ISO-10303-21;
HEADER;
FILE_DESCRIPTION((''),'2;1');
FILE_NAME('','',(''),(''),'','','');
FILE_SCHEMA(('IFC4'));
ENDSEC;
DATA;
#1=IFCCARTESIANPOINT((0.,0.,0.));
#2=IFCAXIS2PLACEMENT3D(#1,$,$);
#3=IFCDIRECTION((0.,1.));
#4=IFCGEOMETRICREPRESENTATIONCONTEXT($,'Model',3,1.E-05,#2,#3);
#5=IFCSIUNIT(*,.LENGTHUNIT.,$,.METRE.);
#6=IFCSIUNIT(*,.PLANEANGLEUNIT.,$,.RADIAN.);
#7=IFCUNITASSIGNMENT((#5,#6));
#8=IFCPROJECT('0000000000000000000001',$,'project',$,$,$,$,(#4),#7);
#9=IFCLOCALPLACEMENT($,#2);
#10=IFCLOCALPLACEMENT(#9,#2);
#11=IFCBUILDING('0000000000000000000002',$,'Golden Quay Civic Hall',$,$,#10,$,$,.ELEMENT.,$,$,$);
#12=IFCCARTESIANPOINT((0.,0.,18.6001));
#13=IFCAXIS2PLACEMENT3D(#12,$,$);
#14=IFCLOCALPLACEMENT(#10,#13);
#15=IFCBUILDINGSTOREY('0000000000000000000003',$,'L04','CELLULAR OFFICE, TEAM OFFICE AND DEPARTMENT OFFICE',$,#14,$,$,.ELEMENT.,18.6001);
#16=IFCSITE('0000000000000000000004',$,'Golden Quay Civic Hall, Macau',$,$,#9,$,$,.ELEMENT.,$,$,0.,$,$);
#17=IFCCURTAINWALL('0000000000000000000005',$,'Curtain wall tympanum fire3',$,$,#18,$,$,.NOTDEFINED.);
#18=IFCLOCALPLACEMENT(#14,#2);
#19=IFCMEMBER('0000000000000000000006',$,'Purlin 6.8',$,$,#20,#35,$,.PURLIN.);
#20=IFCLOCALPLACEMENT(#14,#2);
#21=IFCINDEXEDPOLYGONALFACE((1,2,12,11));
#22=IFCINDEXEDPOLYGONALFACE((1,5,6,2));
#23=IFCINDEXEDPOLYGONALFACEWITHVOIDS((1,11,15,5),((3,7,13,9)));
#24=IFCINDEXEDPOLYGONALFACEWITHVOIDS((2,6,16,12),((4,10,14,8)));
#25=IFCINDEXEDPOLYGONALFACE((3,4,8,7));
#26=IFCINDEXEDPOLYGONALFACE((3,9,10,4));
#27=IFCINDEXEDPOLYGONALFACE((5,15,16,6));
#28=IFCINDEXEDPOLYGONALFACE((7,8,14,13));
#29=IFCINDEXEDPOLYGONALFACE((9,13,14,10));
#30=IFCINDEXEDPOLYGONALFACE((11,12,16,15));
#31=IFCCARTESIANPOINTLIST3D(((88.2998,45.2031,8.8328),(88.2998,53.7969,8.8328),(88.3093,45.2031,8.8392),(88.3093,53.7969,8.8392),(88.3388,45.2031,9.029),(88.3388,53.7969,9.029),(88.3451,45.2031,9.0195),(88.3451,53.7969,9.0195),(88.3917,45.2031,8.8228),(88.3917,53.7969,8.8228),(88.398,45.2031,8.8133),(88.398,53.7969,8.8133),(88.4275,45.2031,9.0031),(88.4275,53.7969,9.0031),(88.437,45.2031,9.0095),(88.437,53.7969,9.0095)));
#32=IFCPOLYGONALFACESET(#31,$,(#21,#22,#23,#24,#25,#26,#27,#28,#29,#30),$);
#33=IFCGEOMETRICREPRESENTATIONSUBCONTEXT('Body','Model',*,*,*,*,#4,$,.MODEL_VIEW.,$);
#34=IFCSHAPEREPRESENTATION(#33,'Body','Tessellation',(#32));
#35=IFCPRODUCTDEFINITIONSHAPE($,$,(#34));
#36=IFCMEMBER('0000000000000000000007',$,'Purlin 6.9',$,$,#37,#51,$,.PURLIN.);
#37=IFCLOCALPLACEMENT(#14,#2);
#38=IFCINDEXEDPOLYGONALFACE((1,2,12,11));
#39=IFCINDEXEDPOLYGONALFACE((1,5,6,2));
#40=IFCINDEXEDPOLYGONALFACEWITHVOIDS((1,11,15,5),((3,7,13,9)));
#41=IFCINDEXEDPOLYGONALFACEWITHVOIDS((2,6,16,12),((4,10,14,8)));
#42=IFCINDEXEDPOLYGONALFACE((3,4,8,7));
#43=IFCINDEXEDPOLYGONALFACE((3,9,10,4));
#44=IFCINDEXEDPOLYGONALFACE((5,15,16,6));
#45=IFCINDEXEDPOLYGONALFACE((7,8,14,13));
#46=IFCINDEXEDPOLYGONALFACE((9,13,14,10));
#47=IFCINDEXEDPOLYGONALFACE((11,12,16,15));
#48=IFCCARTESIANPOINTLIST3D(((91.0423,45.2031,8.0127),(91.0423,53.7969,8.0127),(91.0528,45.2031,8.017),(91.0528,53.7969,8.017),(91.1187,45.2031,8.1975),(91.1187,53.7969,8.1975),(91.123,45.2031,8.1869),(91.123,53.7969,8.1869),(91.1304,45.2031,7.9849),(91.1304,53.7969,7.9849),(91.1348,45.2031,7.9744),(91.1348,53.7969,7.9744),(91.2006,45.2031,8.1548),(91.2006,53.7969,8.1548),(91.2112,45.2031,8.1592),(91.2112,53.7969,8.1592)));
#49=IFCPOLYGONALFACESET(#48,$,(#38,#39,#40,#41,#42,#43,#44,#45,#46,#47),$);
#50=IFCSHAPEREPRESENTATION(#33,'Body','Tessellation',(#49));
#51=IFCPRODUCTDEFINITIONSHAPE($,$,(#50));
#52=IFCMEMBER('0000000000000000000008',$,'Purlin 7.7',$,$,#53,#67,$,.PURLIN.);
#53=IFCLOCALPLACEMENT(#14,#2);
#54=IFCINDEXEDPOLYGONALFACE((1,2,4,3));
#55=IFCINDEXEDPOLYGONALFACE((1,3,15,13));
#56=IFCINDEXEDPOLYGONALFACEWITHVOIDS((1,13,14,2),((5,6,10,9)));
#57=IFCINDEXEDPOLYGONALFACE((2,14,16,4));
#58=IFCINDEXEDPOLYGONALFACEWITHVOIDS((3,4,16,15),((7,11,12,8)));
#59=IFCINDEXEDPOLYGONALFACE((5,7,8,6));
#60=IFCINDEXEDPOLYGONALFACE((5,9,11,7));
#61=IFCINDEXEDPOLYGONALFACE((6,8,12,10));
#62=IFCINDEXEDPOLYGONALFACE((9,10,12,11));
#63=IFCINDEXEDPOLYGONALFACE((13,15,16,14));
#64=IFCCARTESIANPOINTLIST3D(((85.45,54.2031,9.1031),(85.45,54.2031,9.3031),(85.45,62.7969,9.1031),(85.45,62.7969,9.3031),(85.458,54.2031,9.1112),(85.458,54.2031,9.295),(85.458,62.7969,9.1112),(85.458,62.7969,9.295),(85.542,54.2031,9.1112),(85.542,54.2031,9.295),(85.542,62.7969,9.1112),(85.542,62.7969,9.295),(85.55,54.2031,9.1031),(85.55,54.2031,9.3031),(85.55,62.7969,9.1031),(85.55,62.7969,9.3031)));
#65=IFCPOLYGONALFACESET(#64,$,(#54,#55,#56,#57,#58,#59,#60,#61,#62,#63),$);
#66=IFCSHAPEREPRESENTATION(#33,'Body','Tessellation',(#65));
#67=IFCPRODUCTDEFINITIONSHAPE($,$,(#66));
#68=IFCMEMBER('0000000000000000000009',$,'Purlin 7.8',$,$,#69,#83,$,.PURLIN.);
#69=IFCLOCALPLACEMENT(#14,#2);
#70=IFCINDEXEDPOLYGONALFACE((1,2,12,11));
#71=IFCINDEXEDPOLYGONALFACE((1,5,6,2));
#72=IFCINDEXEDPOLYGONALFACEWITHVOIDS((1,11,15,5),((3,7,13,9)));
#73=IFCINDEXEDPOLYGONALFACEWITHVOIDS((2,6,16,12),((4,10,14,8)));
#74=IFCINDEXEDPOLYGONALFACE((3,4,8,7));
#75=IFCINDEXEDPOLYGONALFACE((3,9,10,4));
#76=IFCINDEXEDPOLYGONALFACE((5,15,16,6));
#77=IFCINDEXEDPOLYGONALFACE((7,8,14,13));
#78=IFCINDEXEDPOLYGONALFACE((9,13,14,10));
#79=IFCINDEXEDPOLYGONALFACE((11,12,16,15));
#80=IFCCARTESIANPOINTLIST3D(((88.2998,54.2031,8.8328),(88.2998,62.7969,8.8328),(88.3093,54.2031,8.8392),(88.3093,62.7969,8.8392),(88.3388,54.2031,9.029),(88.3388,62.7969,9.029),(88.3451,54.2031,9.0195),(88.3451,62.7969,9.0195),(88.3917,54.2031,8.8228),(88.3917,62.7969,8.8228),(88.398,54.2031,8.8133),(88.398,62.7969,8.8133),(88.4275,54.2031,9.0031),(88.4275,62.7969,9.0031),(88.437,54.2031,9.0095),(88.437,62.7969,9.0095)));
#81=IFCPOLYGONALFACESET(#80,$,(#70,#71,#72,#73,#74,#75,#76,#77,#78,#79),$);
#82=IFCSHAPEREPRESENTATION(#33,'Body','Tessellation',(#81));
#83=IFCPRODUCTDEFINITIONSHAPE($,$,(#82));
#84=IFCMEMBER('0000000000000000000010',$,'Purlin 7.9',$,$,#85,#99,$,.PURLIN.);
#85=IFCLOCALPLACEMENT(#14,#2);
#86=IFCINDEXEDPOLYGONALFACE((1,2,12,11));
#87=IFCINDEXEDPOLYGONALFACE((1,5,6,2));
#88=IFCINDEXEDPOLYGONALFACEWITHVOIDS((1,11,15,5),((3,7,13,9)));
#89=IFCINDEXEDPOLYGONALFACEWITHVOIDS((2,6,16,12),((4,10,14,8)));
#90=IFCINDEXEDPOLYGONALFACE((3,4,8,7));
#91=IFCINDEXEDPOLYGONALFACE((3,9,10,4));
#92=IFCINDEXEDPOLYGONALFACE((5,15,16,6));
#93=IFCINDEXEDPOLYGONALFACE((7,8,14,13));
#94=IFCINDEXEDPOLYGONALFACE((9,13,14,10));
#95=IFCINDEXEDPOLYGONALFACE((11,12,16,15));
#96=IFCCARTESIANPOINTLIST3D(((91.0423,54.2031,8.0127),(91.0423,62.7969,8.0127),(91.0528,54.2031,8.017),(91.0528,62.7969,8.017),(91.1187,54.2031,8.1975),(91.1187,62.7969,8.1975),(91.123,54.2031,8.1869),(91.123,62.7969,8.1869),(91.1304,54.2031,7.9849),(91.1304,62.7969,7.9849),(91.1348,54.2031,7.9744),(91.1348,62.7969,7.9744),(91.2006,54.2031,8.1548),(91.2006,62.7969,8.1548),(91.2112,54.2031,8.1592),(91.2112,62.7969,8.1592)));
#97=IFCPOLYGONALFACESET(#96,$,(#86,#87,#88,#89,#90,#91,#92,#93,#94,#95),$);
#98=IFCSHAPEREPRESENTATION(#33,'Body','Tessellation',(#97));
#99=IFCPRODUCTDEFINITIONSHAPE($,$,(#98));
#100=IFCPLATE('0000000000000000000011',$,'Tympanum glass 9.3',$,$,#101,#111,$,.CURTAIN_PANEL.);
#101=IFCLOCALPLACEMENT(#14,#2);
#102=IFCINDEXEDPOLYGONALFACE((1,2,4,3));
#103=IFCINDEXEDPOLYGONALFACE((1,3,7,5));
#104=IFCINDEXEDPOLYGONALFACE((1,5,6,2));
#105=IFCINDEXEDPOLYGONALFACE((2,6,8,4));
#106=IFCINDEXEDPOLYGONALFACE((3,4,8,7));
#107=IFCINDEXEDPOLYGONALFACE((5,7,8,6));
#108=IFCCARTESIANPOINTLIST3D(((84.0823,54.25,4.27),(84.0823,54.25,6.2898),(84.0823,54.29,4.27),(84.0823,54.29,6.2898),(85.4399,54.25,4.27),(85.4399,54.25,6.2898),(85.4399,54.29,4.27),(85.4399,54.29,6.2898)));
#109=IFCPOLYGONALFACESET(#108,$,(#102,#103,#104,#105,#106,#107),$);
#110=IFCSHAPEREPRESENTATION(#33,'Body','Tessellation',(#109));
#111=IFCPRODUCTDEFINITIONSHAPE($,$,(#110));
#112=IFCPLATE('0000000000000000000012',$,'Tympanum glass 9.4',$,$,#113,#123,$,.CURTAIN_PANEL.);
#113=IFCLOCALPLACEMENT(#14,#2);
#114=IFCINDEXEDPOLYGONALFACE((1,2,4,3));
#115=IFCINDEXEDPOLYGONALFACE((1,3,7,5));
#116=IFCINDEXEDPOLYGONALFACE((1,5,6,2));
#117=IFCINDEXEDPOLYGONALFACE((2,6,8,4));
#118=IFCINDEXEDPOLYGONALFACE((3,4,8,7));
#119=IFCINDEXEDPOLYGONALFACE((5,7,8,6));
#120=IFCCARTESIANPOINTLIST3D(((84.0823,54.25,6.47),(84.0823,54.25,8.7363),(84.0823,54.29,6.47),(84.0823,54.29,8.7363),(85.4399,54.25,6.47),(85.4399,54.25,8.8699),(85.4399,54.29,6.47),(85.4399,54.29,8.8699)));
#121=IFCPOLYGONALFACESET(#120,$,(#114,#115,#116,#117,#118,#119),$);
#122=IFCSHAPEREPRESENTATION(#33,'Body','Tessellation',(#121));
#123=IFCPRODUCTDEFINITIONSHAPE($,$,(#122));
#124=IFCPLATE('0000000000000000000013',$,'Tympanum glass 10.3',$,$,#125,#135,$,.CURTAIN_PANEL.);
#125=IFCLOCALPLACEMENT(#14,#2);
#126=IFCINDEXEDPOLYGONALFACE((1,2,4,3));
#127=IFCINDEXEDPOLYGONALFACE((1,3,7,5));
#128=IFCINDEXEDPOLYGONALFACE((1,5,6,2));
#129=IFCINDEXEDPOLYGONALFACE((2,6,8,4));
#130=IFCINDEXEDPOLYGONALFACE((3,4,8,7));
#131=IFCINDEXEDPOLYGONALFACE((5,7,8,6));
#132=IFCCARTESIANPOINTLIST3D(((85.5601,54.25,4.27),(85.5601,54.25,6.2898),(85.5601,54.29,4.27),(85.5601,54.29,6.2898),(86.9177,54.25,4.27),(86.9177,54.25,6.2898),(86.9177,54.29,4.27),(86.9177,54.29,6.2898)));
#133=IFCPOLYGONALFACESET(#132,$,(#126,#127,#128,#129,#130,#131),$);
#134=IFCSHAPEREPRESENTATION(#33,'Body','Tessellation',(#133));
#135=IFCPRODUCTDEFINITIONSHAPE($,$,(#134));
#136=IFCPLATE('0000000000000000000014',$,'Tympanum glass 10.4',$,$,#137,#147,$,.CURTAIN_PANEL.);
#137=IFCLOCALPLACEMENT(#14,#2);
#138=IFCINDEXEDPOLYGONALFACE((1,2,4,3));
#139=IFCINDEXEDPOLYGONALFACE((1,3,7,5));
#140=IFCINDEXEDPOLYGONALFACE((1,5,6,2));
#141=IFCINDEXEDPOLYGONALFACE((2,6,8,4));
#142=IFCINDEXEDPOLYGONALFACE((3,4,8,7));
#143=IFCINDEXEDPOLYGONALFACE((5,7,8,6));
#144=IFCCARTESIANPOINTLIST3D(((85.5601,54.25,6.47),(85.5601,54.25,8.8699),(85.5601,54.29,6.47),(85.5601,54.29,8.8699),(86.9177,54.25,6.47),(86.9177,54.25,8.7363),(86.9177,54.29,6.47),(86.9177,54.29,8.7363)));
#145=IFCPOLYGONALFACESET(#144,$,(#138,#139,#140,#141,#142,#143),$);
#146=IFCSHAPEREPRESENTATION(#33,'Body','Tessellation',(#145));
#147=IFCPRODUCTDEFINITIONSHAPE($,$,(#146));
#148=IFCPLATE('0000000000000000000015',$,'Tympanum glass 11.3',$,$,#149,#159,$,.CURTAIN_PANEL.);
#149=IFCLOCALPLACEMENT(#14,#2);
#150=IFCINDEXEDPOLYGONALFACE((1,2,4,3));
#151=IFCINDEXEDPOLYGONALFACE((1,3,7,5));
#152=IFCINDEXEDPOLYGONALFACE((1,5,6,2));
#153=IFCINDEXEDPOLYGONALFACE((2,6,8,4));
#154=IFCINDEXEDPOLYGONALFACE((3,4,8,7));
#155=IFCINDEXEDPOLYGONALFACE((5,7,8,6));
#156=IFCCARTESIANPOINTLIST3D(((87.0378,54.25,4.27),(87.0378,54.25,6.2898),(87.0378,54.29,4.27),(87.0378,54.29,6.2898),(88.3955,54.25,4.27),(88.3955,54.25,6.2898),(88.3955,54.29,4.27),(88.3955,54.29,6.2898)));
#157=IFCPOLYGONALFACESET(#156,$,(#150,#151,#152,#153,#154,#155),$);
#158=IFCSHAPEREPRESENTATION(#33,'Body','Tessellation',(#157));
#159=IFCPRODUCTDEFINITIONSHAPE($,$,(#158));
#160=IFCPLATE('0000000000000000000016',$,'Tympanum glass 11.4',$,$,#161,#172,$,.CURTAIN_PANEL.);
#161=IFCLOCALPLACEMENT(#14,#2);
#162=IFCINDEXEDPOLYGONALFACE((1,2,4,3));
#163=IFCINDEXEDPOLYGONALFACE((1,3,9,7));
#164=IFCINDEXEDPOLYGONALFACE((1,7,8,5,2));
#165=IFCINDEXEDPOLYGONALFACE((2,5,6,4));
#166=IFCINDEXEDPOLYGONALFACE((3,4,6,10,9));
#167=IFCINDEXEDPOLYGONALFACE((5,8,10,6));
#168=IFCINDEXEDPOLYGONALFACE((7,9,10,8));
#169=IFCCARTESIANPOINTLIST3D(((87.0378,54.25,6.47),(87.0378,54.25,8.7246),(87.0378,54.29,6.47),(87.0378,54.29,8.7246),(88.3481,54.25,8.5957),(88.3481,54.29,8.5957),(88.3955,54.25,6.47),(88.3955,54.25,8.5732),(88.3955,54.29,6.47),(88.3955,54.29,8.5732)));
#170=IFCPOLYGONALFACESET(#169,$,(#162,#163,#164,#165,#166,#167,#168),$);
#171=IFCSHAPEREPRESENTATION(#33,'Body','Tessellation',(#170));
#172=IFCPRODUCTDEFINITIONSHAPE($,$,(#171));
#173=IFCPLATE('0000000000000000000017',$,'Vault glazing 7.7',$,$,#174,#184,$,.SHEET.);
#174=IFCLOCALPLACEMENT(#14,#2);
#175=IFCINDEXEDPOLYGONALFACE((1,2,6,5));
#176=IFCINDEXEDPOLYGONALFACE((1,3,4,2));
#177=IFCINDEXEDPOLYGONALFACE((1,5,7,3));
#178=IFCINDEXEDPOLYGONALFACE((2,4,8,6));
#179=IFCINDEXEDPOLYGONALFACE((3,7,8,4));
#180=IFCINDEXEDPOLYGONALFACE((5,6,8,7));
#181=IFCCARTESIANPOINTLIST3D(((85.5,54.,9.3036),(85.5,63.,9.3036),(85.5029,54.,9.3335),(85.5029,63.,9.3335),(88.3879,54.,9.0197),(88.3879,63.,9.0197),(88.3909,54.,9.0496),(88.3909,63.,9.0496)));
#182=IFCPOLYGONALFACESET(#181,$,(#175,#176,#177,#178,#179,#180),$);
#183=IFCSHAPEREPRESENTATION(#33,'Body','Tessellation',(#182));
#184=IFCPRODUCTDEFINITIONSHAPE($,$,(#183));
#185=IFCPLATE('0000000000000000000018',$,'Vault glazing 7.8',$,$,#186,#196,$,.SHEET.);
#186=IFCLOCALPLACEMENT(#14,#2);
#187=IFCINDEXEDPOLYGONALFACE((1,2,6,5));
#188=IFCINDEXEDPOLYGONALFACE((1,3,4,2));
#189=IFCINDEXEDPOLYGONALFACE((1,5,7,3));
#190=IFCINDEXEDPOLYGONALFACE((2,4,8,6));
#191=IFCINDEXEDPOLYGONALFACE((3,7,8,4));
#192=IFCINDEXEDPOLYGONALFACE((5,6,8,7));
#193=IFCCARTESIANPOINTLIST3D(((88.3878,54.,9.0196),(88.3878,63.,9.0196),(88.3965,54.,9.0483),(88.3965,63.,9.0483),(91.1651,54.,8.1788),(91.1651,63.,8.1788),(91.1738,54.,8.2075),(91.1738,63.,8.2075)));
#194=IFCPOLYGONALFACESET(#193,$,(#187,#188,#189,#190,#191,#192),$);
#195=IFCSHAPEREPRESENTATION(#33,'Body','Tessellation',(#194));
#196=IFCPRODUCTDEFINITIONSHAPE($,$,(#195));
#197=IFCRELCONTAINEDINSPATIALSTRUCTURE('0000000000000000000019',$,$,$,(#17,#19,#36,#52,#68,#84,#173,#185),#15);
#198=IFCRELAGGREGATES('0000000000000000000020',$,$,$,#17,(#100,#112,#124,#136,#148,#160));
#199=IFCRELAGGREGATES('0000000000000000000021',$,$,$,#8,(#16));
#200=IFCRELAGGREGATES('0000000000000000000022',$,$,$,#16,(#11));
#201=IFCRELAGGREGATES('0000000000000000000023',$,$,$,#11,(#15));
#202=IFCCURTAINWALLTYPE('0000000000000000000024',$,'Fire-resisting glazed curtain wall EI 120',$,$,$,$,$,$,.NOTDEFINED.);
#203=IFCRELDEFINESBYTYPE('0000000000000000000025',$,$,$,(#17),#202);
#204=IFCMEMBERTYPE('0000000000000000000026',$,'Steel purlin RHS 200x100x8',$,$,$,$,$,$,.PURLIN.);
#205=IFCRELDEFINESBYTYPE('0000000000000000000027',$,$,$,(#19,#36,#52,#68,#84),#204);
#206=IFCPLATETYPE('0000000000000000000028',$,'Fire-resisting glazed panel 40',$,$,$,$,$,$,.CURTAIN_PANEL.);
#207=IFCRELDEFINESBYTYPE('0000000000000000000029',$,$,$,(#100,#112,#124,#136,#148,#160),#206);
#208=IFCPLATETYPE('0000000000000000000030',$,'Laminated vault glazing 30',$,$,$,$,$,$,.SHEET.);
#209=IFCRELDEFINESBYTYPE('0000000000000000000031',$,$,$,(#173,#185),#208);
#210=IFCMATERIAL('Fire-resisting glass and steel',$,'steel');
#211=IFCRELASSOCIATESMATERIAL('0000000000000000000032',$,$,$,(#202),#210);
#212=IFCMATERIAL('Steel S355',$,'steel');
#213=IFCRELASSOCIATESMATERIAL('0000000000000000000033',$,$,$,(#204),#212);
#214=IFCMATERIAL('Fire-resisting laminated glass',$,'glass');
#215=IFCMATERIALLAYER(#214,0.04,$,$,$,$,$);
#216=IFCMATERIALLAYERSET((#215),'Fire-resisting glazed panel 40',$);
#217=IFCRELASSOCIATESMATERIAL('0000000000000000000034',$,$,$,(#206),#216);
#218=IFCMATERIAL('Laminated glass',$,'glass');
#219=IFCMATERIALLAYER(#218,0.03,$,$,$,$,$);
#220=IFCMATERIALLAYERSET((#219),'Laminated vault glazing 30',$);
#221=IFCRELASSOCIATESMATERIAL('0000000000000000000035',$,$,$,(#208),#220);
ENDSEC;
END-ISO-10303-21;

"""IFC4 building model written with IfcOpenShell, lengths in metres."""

from ifc_helpers import new_model, si_unit, direction, frame, origin, origin_2d, place, context, subcontext, project, spatial, polyline, hollow_rectangle, outline, extrude, material, layer, layer_set, material_profile, profile_set, type_object, element, aggregate, save


model = new_model("IFC4")

# Units and contexts
model_context = context("Model", 3, precision=1e-05, world=origin(), true_north=direction((0.0, 1.0)))
body_context = subcontext(model_context, "Body", "Model", "MODEL_VIEW")
ifc_project = project(units=[si_unit("LENGTHUNIT", "METRE"), si_unit("PLANEANGLEUNIT", "RADIAN")], contexts=[model_context])

# Site, building, storey
site_placement = place(None, origin())
site = spatial("IfcSite", under=ifc_project, at=site_placement, Name="Golden Quay Civic Hall, Macau", CompositionType="ELEMENT", RefElevation=0.0)
building_placement = place(site_placement, origin())
building = spatial("IfcBuilding", under=site, at=building_placement, Name="Golden Quay Civic Hall", CompositionType="ELEMENT")
storey_placement = place(building_placement, frame((0.0, 0.0, 18.6001)))
storey = spatial("IfcBuildingStorey", under=building, at=storey_placement, Name="L04", Description="CELLULAR OFFICE, TEAM OFFICE AND DEPARTMENT OFFICE", CompositionType="ELEMENT", Elevation=18.6001)

# Curtain wall
ifc_material_1 = material(Name="Fire-resisting glass and steel", Category="steel")
curtain_wall_type = type_object("IfcCurtainWallType", Name="Fire-resisting glazed curtain wall EI 120", PredefinedType="NOTDEFINED", material=ifc_material_1)
curtain_wall_placement = place(storey_placement, origin())
curtain_wall = element("IfcCurtainWall", 1, at=curtain_wall_placement, inside=storey, type_object=curtain_wall_type, Name="Curtain wall tympanum fire3", PredefinedType="NOTDEFINED")

# Members
ifc_material_2 = material(Name="Steel S355", Category="steel")
ifc_material_profile_1 = material_profile(ifc_material_2, hollow_rectangle(XDim=0.1001, YDim=0.2, WallThickness=0.0081, at=origin_2d()), Name="RHS 200x100x8")
ifc_profile_set_1 = profile_set([ifc_material_profile_1], Name="Steel S355")
member_type_1 = type_object("IfcMemberType", Name="Steel purlin RHS 200x100x8", PredefinedType="PURLIN", material=ifc_profile_set_1)
for number, where, z_axis, x_axis, name in (
    (2, (88.3684, 45.2031, 8.9211), (0.0, 1.0, 0.0), (-0.980853, 0.0, 0.194748), "Purlin 6.8"),
    (3, (91.1267, 45.2031, 8.0859), (0.0, 1.0, 0.0), (-0.924146, 0.0, 0.382039), "Purlin 6.9"),
    (4, (85.5, 54.2031, 9.2031), (0.0, 1.0, 0.0), (-1.0, 0.0, 0.0), "Purlin 7.7"),
    (5, (88.3684, 54.2031, 8.9211), (0.0, 1.0, 0.0), (-0.980853, 0.0, 0.194748), "Purlin 7.8"),
    (6, (91.1267, 54.2031, 8.0859), (0.0, 1.0, 0.0), (-0.924146, 0.0, 0.382039), "Purlin 7.9"),
):
    element("IfcMember", number, at=place(storey_placement, frame(where, z_axis=z_axis, x_axis=x_axis)), inside=storey, type_object=member_type_1, Name=name, PredefinedType="PURLIN", context=body_context, shape_type="SweptSolid", body=[
        extrude(hollow_rectangle(XDim=0.1001, YDim=0.2, WallThickness=0.0081, at=origin_2d()), origin(), (0.0, 0.0, 1.0), 8.5938),
    ])

# Plates
ifc_material_3 = material(Name="Fire-resisting laminated glass", Category="glass")
ifc_layer_1 = layer(ifc_material_3, 0.04)
ifc_layer_set_1 = layer_set([ifc_layer_1], Name="Fire-resisting glazed panel 40")
plate_type_1 = type_object("IfcPlateType", Name="Fire-resisting glazed panel 40", PredefinedType="CURTAIN_PANEL", material=ifc_layer_set_1)
plate_1_placement = place(storey_placement, frame((85.4399, 54.29, 4.27), z_axis=(0.0, 1.0, 0.0), x_axis=(-1.0, 0.0, 0.0)))
plate_1 = element("IfcPlate", 7, at=plate_1_placement, type_object=plate_type_1, Name="Tympanum glass 9.3", PredefinedType="CURTAIN_PANEL", context=body_context, shape_type="SweptSolid", body=[
    extrude(outline(polyline([(0.0, 0.0), (1.3577, 0.0), (1.3577, 2.0198), (0.0, 2.0198), (0.0, 0.0)])), origin(), (0.0, 0.0, -1.0), 0.04),
])
plate_2_placement = place(storey_placement, frame((85.4399, 54.29, 6.47), z_axis=(0.0, 1.0, 0.0), x_axis=(-1.0, 0.0, 0.0)))
plate_2 = element("IfcPlate", 8, at=plate_2_placement, type_object=plate_type_1, Name="Tympanum glass 9.4", PredefinedType="CURTAIN_PANEL", context=body_context, shape_type="SweptSolid", body=[
    extrude(outline(polyline([(0.0, 0.0), (1.3577, 0.0), (1.3577, 2.2664), (0.0, 2.3999), (0.0, 0.0)])), origin(), (0.0, 0.0, -1.0), 0.04),
])
plate_3_placement = place(storey_placement, frame((86.9177, 54.29, 4.27), z_axis=(0.0, 1.0, 0.0), x_axis=(-1.0, 0.0, 0.0)))
plate_3 = element("IfcPlate", 9, at=plate_3_placement, type_object=plate_type_1, Name="Tympanum glass 10.3", PredefinedType="CURTAIN_PANEL", context=body_context, shape_type="SweptSolid", body=[
    extrude(outline(polyline([(0.0, 0.0), (1.3577, 0.0), (1.3577, 2.0198), (0.0, 2.0198), (0.0, 0.0)])), origin(), (0.0, 0.0, -1.0), 0.04),
])
plate_4_placement = place(storey_placement, frame((86.9177, 54.29, 6.47), z_axis=(0.0, 1.0, 0.0), x_axis=(-1.0, 0.0, 0.0)))
plate_4 = element("IfcPlate", 10, at=plate_4_placement, type_object=plate_type_1, Name="Tympanum glass 10.4", PredefinedType="CURTAIN_PANEL", context=body_context, shape_type="SweptSolid", body=[
    extrude(outline(polyline([(0.0, 0.0), (1.3577, 0.0), (1.3577, 2.3999), (0.0, 2.2664), (0.0, 0.0)])), origin(), (0.0, 0.0, -1.0), 0.04),
])
plate_5_placement = place(storey_placement, frame((88.3955, 54.29, 4.27), z_axis=(0.0, 1.0, 0.0), x_axis=(-1.0, 0.0, 0.0)))
plate_5 = element("IfcPlate", 11, at=plate_5_placement, type_object=plate_type_1, Name="Tympanum glass 11.3", PredefinedType="CURTAIN_PANEL", context=body_context, shape_type="SweptSolid", body=[
    extrude(outline(polyline([(0.0, 0.0), (1.3577, 0.0), (1.3577, 2.0198), (0.0, 2.0198), (0.0, 0.0)])), origin(), (0.0, 0.0, -1.0), 0.04),
])
plate_6_placement = place(storey_placement, frame((88.3955, 54.29, 6.47), z_axis=(0.0, 1.0, 0.0), x_axis=(-1.0, 0.0, 0.0)))
plate_6 = element("IfcPlate", 12, at=plate_6_placement, type_object=plate_type_1, Name="Tympanum glass 11.4", PredefinedType="CURTAIN_PANEL", context=body_context, shape_type="SweptSolid", body=[
    extrude(outline(polyline([(0.0, 0.0), (1.3577, 0.0), (1.3577, 2.2546), (0.0474, 2.1257), (0.0, 2.1033), (0.0, 0.0)])), origin(), (0.0, 0.0, -1.0), 0.04),
])
aggregate(curtain_wall, [plate_1, plate_2, plate_3, plate_4, plate_5, plate_6])

# Plates
ifc_material_4 = material(Name="Laminated glass", Category="glass")
ifc_layer_2 = layer(ifc_material_4, 0.03)
ifc_layer_set_2 = layer_set([ifc_layer_2], Name="Laminated vault glazing 30")
plate_type_2 = type_object("IfcPlateType", Name="Laminated vault glazing 30", PredefinedType="SHEET", material=ifc_layer_set_2)
plate_7_placement = place(storey_placement, frame((85.5029, 54.0, 9.3335), z_axis=(0.097846, 0.0, 0.995202), x_axis=(0.995202, 0.0, -0.097846)))
element("IfcPlate", 13, at=plate_7_placement, inside=storey, type_object=plate_type_2, Name="Vault glazing 7.7", PredefinedType="SHEET", context=body_context, shape_type="SweptSolid", body=[
    extrude(outline(polyline([(0.0, 0.0), (2.9019, 0.0), (2.9019, 9.0), (0.0, 9.0), (0.0, 0.0)])), origin(), (0.0, 0.0, -1.0), 0.03),
])
plate_8_placement = place(storey_placement, frame((88.3965, 54.0, 9.0483), z_axis=(0.289755, 0.0, 0.957101), x_axis=(0.957101, 0.0, -0.289755)))
element("IfcPlate", 14, at=plate_8_placement, inside=storey, type_object=plate_type_2, Name="Vault glazing 7.8", PredefinedType="SHEET", context=body_context, shape_type="SweptSolid", body=[
    extrude(outline(polyline([(0.0, 0.0), (2.9018, 0.0), (2.9018, 9.0), (0.0, 9.0), (0.0, 0.0)])), origin(), (0.0, 0.0, -1.0), 0.03),
])

save(model, "model.ifc")
